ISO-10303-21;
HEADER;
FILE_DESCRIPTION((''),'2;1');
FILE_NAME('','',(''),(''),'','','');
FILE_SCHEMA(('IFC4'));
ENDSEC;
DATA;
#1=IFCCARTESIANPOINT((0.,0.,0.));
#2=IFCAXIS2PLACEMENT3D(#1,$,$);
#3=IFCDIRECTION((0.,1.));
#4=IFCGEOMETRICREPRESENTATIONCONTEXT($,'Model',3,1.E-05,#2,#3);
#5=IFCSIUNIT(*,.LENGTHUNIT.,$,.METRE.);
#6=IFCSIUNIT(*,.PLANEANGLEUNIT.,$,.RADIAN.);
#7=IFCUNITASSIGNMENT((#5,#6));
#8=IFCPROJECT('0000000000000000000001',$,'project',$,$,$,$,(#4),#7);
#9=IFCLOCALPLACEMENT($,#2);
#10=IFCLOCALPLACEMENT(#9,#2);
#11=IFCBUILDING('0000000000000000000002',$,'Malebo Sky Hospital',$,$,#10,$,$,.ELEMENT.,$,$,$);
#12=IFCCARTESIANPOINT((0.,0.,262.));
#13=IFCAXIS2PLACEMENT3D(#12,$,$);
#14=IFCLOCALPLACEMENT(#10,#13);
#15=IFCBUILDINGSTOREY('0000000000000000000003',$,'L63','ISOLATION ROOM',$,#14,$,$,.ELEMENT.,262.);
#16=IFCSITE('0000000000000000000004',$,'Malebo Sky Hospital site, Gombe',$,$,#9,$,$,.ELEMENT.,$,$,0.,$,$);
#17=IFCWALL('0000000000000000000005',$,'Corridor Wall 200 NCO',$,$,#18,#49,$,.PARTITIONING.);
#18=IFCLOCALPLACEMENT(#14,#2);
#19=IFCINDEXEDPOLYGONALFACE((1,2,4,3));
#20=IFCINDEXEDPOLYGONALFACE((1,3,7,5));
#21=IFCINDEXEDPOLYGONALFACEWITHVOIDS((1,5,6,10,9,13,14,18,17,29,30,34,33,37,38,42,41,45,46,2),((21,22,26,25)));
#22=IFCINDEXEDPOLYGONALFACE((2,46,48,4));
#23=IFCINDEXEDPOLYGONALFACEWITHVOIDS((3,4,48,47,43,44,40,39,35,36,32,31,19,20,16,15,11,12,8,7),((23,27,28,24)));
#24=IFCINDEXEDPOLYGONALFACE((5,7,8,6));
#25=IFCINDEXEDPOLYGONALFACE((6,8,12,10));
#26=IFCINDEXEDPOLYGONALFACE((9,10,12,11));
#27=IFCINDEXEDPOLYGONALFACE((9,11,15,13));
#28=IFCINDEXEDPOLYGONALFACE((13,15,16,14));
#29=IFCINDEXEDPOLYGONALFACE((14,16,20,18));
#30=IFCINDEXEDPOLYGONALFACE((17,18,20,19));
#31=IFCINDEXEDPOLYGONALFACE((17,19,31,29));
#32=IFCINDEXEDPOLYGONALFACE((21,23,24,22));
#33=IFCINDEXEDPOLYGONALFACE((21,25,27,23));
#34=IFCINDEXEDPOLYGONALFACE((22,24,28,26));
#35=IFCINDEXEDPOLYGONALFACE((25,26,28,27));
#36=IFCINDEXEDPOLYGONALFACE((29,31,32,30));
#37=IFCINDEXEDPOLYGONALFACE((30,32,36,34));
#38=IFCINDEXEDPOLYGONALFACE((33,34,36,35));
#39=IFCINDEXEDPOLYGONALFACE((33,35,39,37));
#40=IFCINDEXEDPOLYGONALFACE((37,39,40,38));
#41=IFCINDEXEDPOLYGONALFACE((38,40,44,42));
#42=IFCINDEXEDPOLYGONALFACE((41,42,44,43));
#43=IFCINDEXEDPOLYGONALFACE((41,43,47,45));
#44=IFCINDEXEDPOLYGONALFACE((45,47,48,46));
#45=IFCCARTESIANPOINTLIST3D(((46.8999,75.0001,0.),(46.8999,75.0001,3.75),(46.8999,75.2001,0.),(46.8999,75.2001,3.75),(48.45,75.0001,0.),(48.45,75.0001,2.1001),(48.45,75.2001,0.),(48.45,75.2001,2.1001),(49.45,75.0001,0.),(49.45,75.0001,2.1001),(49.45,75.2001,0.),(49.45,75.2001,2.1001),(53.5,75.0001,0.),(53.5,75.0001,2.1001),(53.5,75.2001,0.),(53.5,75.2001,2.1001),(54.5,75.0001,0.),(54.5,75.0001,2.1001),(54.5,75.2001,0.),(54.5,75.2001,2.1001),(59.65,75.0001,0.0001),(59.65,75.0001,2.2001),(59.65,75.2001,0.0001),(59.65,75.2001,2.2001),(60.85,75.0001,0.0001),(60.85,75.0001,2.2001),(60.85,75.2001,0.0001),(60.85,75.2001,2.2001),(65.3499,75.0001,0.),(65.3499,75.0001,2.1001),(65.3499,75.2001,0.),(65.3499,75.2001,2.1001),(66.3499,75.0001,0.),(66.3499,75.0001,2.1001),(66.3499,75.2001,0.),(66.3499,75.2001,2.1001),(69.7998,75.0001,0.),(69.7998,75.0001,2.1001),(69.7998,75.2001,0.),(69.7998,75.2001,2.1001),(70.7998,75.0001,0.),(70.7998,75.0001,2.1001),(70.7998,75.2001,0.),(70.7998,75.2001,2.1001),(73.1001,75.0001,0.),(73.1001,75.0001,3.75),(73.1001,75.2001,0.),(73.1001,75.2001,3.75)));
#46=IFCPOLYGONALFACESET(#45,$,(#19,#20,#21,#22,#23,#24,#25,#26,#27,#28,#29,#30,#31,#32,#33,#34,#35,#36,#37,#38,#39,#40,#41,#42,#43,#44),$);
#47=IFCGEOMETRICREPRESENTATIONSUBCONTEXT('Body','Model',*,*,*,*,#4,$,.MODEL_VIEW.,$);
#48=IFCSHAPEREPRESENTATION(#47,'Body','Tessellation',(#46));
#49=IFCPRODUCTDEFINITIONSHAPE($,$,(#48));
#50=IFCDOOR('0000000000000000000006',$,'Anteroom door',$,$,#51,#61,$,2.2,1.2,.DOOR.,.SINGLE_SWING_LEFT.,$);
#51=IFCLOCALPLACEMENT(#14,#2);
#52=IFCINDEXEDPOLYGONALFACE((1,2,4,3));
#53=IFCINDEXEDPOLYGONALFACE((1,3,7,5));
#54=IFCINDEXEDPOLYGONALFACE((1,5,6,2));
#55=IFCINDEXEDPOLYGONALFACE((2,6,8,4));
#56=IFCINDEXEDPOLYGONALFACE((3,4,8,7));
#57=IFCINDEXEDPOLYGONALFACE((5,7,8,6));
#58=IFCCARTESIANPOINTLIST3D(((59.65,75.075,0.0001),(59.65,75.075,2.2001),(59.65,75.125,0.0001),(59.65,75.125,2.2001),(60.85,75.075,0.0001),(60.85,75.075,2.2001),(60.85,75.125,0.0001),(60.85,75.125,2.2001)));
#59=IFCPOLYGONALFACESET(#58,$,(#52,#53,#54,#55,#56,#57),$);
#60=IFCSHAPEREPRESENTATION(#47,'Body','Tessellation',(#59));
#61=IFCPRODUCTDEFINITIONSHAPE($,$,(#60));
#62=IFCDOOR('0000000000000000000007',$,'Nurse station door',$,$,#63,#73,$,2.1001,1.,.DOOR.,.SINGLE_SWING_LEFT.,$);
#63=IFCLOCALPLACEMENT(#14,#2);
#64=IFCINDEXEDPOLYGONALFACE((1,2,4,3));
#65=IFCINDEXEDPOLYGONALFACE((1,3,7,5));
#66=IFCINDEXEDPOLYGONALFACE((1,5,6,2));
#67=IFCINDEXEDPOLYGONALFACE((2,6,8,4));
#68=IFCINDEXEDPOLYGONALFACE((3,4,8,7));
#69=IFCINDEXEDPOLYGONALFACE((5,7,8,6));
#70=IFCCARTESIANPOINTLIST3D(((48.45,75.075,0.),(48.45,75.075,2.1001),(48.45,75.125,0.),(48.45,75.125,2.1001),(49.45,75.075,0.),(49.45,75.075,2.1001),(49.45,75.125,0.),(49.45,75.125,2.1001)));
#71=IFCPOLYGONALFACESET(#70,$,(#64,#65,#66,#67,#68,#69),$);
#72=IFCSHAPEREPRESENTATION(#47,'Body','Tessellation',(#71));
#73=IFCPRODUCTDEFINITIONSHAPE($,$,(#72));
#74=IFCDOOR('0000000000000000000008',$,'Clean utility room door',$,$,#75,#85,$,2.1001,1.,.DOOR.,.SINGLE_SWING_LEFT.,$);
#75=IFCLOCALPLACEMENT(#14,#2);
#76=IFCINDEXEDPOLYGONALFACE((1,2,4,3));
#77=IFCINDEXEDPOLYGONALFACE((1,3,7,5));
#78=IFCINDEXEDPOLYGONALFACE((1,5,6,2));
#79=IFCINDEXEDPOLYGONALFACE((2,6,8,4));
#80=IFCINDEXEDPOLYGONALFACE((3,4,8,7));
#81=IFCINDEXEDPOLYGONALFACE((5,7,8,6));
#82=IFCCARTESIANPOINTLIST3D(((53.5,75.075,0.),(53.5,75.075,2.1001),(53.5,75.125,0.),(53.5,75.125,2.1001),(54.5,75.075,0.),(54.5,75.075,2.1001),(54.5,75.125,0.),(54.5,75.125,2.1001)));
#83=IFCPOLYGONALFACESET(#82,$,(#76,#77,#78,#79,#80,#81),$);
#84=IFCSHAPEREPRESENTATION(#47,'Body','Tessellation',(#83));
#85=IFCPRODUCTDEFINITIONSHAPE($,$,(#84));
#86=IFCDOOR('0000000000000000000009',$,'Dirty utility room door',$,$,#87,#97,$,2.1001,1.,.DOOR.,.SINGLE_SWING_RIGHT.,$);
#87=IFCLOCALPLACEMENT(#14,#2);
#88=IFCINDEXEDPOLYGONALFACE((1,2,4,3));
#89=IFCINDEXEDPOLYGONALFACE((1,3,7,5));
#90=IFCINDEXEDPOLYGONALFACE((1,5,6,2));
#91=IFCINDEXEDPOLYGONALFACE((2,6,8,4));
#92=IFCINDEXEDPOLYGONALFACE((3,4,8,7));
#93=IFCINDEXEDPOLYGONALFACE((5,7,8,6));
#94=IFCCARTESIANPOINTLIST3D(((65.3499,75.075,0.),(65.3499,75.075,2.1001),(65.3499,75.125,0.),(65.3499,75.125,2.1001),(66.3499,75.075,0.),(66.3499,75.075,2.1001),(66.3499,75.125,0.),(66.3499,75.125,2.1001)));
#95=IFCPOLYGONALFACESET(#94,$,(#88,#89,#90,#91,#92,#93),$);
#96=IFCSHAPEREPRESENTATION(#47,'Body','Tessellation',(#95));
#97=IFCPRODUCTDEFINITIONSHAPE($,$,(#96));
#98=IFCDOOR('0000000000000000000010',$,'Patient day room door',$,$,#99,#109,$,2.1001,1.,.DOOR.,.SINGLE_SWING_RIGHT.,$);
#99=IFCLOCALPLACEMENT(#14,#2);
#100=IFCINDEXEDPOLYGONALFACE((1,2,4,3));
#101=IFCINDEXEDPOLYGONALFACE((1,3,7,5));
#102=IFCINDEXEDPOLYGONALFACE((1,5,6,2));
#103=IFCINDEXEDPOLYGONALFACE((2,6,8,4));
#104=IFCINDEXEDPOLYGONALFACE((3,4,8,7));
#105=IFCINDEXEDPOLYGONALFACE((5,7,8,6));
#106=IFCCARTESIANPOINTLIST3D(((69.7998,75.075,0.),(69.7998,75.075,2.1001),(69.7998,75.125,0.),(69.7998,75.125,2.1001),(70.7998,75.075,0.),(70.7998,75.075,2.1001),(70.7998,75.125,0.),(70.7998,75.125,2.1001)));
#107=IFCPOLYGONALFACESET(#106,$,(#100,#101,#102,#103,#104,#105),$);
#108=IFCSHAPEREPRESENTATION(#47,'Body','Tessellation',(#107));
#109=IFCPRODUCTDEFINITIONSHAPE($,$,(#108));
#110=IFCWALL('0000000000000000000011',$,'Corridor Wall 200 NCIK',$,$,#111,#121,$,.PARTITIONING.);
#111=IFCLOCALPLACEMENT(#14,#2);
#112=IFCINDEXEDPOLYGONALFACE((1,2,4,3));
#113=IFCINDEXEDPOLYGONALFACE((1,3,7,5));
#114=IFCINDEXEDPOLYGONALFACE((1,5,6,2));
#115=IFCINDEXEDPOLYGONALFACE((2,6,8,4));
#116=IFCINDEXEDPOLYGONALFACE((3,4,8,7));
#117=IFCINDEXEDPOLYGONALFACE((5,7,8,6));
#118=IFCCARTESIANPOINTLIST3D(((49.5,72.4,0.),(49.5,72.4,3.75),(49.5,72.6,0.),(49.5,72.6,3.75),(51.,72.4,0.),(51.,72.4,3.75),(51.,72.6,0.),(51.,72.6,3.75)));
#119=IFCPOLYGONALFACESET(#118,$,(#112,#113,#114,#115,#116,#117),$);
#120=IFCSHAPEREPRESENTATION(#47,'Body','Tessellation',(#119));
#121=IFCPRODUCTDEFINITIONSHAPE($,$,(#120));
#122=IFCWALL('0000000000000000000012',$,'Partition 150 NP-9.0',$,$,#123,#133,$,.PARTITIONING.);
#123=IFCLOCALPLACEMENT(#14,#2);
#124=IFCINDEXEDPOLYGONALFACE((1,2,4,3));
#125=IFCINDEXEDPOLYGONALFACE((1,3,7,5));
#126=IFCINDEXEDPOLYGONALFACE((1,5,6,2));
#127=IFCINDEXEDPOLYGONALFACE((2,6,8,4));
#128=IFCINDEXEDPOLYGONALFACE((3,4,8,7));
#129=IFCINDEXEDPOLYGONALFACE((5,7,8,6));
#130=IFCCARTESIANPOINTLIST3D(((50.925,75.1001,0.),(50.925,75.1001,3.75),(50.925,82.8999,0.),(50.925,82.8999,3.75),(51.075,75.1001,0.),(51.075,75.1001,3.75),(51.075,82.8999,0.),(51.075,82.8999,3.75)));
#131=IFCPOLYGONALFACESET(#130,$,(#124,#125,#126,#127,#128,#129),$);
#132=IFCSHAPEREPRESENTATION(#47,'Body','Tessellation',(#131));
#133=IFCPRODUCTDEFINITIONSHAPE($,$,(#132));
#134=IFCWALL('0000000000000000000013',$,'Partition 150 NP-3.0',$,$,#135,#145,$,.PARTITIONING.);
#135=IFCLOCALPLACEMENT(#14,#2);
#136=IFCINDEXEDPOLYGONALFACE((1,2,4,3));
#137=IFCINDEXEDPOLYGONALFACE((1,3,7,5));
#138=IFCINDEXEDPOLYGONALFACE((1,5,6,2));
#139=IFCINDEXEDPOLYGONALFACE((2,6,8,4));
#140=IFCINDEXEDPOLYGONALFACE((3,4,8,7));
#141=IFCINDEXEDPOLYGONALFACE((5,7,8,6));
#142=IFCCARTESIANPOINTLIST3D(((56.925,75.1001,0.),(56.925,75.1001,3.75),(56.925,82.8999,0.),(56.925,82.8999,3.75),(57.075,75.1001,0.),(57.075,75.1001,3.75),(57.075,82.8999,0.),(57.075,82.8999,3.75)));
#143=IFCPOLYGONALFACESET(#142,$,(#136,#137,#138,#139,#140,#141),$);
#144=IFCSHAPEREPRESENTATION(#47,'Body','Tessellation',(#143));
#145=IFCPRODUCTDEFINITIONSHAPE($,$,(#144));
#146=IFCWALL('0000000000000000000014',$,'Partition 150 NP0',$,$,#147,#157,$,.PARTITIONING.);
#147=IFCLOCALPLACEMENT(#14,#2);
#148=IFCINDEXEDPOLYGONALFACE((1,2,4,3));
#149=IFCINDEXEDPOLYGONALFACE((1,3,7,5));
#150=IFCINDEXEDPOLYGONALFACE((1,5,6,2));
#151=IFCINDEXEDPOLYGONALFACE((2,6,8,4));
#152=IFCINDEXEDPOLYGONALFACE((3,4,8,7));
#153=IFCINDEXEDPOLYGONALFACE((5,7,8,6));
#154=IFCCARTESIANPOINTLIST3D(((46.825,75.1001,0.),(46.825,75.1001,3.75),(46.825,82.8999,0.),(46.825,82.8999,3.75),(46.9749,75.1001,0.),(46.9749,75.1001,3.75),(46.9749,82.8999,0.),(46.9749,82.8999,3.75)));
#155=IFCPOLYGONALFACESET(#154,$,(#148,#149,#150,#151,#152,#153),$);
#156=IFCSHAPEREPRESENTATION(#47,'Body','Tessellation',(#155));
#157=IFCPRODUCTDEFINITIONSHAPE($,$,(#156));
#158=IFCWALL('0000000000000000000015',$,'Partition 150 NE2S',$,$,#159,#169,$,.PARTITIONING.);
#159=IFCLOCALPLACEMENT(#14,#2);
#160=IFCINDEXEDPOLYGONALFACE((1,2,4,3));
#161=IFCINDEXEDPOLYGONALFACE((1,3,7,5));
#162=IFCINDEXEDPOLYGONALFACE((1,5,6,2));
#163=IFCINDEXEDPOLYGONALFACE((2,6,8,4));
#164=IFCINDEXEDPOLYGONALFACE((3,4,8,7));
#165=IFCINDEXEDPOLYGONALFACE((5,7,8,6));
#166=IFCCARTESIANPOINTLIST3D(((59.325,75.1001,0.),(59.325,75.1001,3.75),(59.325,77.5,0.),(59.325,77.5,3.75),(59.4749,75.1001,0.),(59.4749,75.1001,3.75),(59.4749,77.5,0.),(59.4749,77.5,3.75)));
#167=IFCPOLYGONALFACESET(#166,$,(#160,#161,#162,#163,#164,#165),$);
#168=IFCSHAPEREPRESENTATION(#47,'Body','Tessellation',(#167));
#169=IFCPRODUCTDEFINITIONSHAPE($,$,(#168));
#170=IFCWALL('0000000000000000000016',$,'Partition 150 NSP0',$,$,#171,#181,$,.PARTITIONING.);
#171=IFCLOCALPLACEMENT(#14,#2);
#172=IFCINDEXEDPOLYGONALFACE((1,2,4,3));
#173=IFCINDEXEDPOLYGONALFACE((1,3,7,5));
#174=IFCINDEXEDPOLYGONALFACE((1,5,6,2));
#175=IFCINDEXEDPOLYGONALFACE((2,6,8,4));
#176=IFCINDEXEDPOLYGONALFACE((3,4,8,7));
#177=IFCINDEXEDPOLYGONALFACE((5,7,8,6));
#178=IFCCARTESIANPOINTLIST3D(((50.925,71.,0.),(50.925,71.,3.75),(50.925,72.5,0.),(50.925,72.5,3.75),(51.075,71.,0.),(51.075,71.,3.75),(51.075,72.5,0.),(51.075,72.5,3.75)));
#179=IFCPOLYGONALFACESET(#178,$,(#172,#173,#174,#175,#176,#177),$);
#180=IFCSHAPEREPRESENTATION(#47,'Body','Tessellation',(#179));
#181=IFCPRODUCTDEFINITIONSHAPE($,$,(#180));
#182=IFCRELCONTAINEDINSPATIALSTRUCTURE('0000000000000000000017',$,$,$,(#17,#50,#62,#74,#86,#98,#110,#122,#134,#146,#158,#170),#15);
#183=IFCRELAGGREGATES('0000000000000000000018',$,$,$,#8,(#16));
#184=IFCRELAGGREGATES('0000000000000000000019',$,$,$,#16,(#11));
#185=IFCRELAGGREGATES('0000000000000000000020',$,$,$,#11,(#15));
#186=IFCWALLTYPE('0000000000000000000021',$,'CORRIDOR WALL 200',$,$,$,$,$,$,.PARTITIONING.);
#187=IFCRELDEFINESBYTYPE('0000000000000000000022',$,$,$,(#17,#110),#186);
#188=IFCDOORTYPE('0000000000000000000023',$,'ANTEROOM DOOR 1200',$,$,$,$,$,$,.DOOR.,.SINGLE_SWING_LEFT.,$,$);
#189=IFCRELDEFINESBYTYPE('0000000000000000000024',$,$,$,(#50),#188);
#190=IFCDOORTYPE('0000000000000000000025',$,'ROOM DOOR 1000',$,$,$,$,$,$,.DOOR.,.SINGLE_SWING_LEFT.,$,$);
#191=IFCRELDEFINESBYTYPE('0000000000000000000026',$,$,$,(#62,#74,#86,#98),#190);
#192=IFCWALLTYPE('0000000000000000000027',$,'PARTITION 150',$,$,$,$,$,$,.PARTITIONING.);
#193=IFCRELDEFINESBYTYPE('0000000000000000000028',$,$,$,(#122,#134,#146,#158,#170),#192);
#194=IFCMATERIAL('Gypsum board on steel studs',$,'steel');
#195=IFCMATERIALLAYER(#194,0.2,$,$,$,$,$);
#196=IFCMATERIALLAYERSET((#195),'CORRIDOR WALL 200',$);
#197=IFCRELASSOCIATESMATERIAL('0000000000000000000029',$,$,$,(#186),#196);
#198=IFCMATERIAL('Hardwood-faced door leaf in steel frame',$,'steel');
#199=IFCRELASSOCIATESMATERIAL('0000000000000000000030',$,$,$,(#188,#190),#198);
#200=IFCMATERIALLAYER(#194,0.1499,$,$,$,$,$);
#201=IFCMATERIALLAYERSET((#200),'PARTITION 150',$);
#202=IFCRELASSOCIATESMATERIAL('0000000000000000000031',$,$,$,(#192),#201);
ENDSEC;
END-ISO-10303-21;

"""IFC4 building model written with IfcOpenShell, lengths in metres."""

from ifc_helpers import new_model, si_unit, direction, frame, frame_2d, origin, place, context, subcontext, project, spatial, rectangle, extrude, material, layer, layer_set, type_object, element, fill, save


model = new_model("IFC4")

# Units and contexts
model_context = context("Model", 3, precision=1e-05, world=origin(), true_north=direction((0.0, 1.0)))
body_context = subcontext(model_context, "Body", "Model", "MODEL_VIEW")
ifc_project = project(units=[si_unit("LENGTHUNIT", "METRE"), si_unit("PLANEANGLEUNIT", "RADIAN")], contexts=[model_context])

# Site, building, storey
site_placement = place(None, origin())
site = spatial("IfcSite", under=ifc_project, at=site_placement, Name="Malebo Sky Hospital site, Gombe", CompositionType="ELEMENT", RefElevation=0.0)
building_placement = place(site_placement, origin())
building = spatial("IfcBuilding", under=site, at=building_placement, Name="Malebo Sky Hospital", CompositionType="ELEMENT")
storey_placement = place(building_placement, frame((0.0, 0.0, 262.0)))
storey = spatial("IfcBuildingStorey", under=building, at=storey_placement, Name="L63", Description="ISOLATION ROOM", CompositionType="ELEMENT", Elevation=262.0)

# Shared definitions
ifc_material_1 = material(Name="Hardwood-faced door leaf in steel frame", Category="steel")

# Wall, openings, doors
ifc_material_2 = material(Name="Gypsum board on steel studs", Category="steel")
ifc_layer_1 = layer(ifc_material_2, 0.2)
ifc_layer_set_1 = layer_set([ifc_layer_1], Name="CORRIDOR WALL 200")
wall_type_1 = type_object("IfcWallType", Name="CORRIDOR WALL 200", PredefinedType="PARTITIONING", material=ifc_layer_set_1)
wall_1_placement = place(storey_placement, frame((46.8999, 75.1001, 0.0), z_axis=(0.0, 0.0, 1.0), x_axis=(1.0, 0.0, 0.0)))
wall_1 = element("IfcWall", 1, at=wall_1_placement, inside=storey, type_object=wall_type_1, Name="Corridor Wall 200 NCO", PredefinedType="PARTITIONING", context=body_context, shape_type="SweptSolid", body=[
    extrude(rectangle(XDim=26.2002, YDim=0.2, at=frame_2d((13.1001, 0.0))), origin(), (0.0, 0.0, 1.0), 3.75),
])
opening_1_placement = place(wall_1_placement, frame((1.55, 0.0, 0.0)))
opening_1 = element("IfcOpeningElement", 2, at=opening_1_placement, cuts=wall_1, PredefinedType="OPENING", context=body_context, shape_type="SweptSolid", body=[
    extrude(rectangle(XDim=1.0, YDim=2.1001, at=frame_2d((0.5, 1.05))), frame((0.0, 0.1099, 0.0), z_axis=(0.0, -1.0, 0.0), x_axis=(1.0, 0.0, 0.0)), (0.0, 0.0, 1.0), 0.22),
])
opening_2_placement = place(wall_1_placement, frame((6.6001, 0.0, 0.0)))
opening_2 = element("IfcOpeningElement", 3, at=opening_2_placement, cuts=wall_1, PredefinedType="OPENING", context=body_context, shape_type="SweptSolid", body=[
    extrude(rectangle(XDim=1.0, YDim=2.1001, at=frame_2d((0.5, 1.05))), frame((0.0, 0.1099, 0.0), z_axis=(0.0, -1.0, 0.0), x_axis=(1.0, 0.0, 0.0)), (0.0, 0.0, 1.0), 0.22),
])
opening_3_placement = place(wall_1_placement, frame((12.75, 0.0, 0.0)))
opening_3 = element("IfcOpeningElement", 4, at=opening_3_placement, cuts=wall_1, PredefinedType="OPENING", context=body_context, shape_type="SweptSolid", body=[
    extrude(rectangle(XDim=1.2, YDim=2.2, at=frame_2d((0.6001, 1.1001))), frame((0.0, 0.1099, 0.0), z_axis=(0.0, -1.0, 0.0), x_axis=(1.0, 0.0, 0.0)), (0.0, 0.0, 1.0), 0.22),
])
opening_4_placement = place(wall_1_placement, frame((18.45, 0.0, 0.0)))
opening_4 = element("IfcOpeningElement", 5, at=opening_4_placement, cuts=wall_1, PredefinedType="OPENING", context=body_context, shape_type="SweptSolid", body=[
    extrude(rectangle(XDim=1.0, YDim=2.1001, at=frame_2d((0.5, 1.05))), frame((0.0, 0.1099, 0.0), z_axis=(0.0, -1.0, 0.0), x_axis=(1.0, 0.0, 0.0)), (0.0, 0.0, 1.0), 0.22),
])
opening_5_placement = place(wall_1_placement, frame((22.8999, 0.0, 0.0)))
opening_5 = element("IfcOpeningElement", 6, at=opening_5_placement, cuts=wall_1, PredefinedType="OPENING", context=body_context, shape_type="SweptSolid", body=[
    extrude(rectangle(XDim=1.0, YDim=2.1001, at=frame_2d((0.5, 1.05))), frame((0.0, 0.1099, 0.0), z_axis=(0.0, -1.0, 0.0), x_axis=(1.0, 0.0, 0.0)), (0.0, 0.0, 1.0), 0.22),
])
door_type_1 = type_object("IfcDoorType", Name="ANTEROOM DOOR 1200", OperationType="SINGLE_SWING_LEFT", PredefinedType="DOOR", material=ifc_material_1)
door_1_placement = place(opening_3_placement, origin())
door_1 = element("IfcDoor", 7, at=door_1_placement, inside=storey, type_object=door_type_1, Name="Anteroom door", OperationType="SINGLE_SWING_LEFT", OverallHeight=2.2, OverallWidth=1.2, PredefinedType="DOOR", context=body_context, shape_type="SweptSolid", body=[
    extrude(rectangle(XDim=1.2, YDim=2.2, at=frame_2d((0.6001, 1.1001))), frame((0.0, 0.0249, 0.0), z_axis=(0.0, -1.0, 0.0), x_axis=(1.0, 0.0, 0.0)), (0.0, 0.0, 1.0), 0.05),
])
fill(opening_3, door_1)
door_type_2 = type_object("IfcDoorType", Name="ROOM DOOR 1000", OperationType="SINGLE_SWING_LEFT", PredefinedType="DOOR", material=ifc_material_1)
door_2_placement = place(opening_1_placement, origin())
door_2 = element("IfcDoor", 8, at=door_2_placement, inside=storey, type_object=door_type_2, Name="Nurse station door", OperationType="SINGLE_SWING_LEFT", OverallHeight=2.1001, OverallWidth=1.0, PredefinedType="DOOR", context=body_context, shape_type="SweptSolid", body=[
    extrude(rectangle(XDim=1.0, YDim=2.1001, at=frame_2d((0.5, 1.05))), frame((0.0, 0.0249, 0.0), z_axis=(0.0, -1.0, 0.0), x_axis=(1.0, 0.0, 0.0)), (0.0, 0.0, 1.0), 0.05),
])
fill(opening_1, door_2)
door_3_placement = place(opening_2_placement, origin())
door_3 = element("IfcDoor", 9, at=door_3_placement, inside=storey, type_object=door_type_2, Name="Clean utility room door", OperationType="SINGLE_SWING_LEFT", OverallHeight=2.1001, OverallWidth=1.0, PredefinedType="DOOR", context=body_context, shape_type="SweptSolid", body=[
    extrude(rectangle(XDim=1.0, YDim=2.1001, at=frame_2d((0.5, 1.05))), frame((0.0, 0.0249, 0.0), z_axis=(0.0, -1.0, 0.0), x_axis=(1.0, 0.0, 0.0)), (0.0, 0.0, 1.0), 0.05),
])
fill(opening_2, door_3)
door_4_placement = place(opening_4_placement, origin())
door_4 = element("IfcDoor", 10, at=door_4_placement, inside=storey, type_object=door_type_2, Name="Dirty utility room door", OperationType="SINGLE_SWING_RIGHT", OverallHeight=2.1001, OverallWidth=1.0, PredefinedType="DOOR", context=body_context, shape_type="SweptSolid", body=[
    extrude(rectangle(XDim=1.0, YDim=2.1001, at=frame_2d((0.5, 1.05))), frame((0.0, 0.0249, 0.0), z_axis=(0.0, -1.0, 0.0), x_axis=(1.0, 0.0, 0.0)), (0.0, 0.0, 1.0), 0.05),
])
fill(opening_4, door_4)
door_5_placement = place(opening_5_placement, origin())
door_5 = element("IfcDoor", 11, at=door_5_placement, inside=storey, type_object=door_type_2, Name="Patient day room door", OperationType="SINGLE_SWING_RIGHT", OverallHeight=2.1001, OverallWidth=1.0, PredefinedType="DOOR", context=body_context, shape_type="SweptSolid", body=[
    extrude(rectangle(XDim=1.0, YDim=2.1001, at=frame_2d((0.5, 1.05))), frame((0.0, 0.0249, 0.0), z_axis=(0.0, -1.0, 0.0), x_axis=(1.0, 0.0, 0.0)), (0.0, 0.0, 1.0), 0.05),
])
fill(opening_5, door_5)

# Walls
wall_2_placement = place(storey_placement, frame((49.5, 72.5, 0.0), z_axis=(0.0, 0.0, 1.0), x_axis=(1.0, 0.0, 0.0)))
element("IfcWall", 12, at=wall_2_placement, inside=storey, type_object=wall_type_1, Name="Corridor Wall 200 NCIK", PredefinedType="PARTITIONING", context=body_context, shape_type="SweptSolid", body=[
    extrude(rectangle(XDim=1.5, YDim=0.2, at=frame_2d((0.75, 0.0))), origin(), (0.0, 0.0, 1.0), 3.75),
])
ifc_layer_2 = layer(ifc_material_2, 0.1499)
ifc_layer_set_2 = layer_set([ifc_layer_2], Name="PARTITION 150")
wall_type_2 = type_object("IfcWallType", Name="PARTITION 150", PredefinedType="PARTITIONING", material=ifc_layer_set_2)
for number, where, z_axis, x_axis, name in (
    (13, (51.0, 75.1001, 0.0), (0.0, 0.0, 1.0), (0.0, 1.0, 0.0), "Partition 150 NP-9.0"),
    (14, (57.0, 75.1001, 0.0), (0.0, 0.0, 1.0), (0.0, 1.0, 0.0), "Partition 150 NP-3.0"),
    (15, (46.8999, 75.1001, 0.0), (0.0, 0.0, 1.0), (0.0, 1.0, 0.0), "Partition 150 NP0"),
):
    element("IfcWall", number, at=place(storey_placement, frame(where, z_axis=z_axis, x_axis=x_axis)), inside=storey, type_object=wall_type_2, Name=name, PredefinedType="PARTITIONING", context=body_context, shape_type="SweptSolid", body=[
        extrude(rectangle(XDim=7.7998, YDim=0.1499, at=frame_2d((3.8999, 0.0))), origin(), (0.0, 0.0, 1.0), 3.75),
    ])
wall_3_placement = place(storey_placement, frame((59.3999, 75.1001, 0.0), z_axis=(0.0, 0.0, 1.0), x_axis=(0.0, 1.0, 0.0)))
element("IfcWall", 16, at=wall_3_placement, inside=storey, type_object=wall_type_2, Name="Partition 150 NE2S", PredefinedType="PARTITIONING", context=body_context, shape_type="SweptSolid", body=[
    extrude(rectangle(XDim=2.3999, YDim=0.1499, at=frame_2d((1.2, 0.0))), origin(), (0.0, 0.0, 1.0), 3.75),
])
wall_4_placement = place(storey_placement, frame((51.0, 71.0, 0.0), z_axis=(0.0, 0.0, 1.0), x_axis=(0.0, 1.0, 0.0)))
element("IfcWall", 17, at=wall_4_placement, inside=storey, type_object=wall_type_2, Name="Partition 150 NSP0", PredefinedType="PARTITIONING", context=body_context, shape_type="SweptSolid", body=[
    extrude(rectangle(XDim=1.5, YDim=0.1499, at=frame_2d((0.75, 0.0))), origin(), (0.0, 0.0, 1.0), 3.75),
])

save(model, "model.ifc")
